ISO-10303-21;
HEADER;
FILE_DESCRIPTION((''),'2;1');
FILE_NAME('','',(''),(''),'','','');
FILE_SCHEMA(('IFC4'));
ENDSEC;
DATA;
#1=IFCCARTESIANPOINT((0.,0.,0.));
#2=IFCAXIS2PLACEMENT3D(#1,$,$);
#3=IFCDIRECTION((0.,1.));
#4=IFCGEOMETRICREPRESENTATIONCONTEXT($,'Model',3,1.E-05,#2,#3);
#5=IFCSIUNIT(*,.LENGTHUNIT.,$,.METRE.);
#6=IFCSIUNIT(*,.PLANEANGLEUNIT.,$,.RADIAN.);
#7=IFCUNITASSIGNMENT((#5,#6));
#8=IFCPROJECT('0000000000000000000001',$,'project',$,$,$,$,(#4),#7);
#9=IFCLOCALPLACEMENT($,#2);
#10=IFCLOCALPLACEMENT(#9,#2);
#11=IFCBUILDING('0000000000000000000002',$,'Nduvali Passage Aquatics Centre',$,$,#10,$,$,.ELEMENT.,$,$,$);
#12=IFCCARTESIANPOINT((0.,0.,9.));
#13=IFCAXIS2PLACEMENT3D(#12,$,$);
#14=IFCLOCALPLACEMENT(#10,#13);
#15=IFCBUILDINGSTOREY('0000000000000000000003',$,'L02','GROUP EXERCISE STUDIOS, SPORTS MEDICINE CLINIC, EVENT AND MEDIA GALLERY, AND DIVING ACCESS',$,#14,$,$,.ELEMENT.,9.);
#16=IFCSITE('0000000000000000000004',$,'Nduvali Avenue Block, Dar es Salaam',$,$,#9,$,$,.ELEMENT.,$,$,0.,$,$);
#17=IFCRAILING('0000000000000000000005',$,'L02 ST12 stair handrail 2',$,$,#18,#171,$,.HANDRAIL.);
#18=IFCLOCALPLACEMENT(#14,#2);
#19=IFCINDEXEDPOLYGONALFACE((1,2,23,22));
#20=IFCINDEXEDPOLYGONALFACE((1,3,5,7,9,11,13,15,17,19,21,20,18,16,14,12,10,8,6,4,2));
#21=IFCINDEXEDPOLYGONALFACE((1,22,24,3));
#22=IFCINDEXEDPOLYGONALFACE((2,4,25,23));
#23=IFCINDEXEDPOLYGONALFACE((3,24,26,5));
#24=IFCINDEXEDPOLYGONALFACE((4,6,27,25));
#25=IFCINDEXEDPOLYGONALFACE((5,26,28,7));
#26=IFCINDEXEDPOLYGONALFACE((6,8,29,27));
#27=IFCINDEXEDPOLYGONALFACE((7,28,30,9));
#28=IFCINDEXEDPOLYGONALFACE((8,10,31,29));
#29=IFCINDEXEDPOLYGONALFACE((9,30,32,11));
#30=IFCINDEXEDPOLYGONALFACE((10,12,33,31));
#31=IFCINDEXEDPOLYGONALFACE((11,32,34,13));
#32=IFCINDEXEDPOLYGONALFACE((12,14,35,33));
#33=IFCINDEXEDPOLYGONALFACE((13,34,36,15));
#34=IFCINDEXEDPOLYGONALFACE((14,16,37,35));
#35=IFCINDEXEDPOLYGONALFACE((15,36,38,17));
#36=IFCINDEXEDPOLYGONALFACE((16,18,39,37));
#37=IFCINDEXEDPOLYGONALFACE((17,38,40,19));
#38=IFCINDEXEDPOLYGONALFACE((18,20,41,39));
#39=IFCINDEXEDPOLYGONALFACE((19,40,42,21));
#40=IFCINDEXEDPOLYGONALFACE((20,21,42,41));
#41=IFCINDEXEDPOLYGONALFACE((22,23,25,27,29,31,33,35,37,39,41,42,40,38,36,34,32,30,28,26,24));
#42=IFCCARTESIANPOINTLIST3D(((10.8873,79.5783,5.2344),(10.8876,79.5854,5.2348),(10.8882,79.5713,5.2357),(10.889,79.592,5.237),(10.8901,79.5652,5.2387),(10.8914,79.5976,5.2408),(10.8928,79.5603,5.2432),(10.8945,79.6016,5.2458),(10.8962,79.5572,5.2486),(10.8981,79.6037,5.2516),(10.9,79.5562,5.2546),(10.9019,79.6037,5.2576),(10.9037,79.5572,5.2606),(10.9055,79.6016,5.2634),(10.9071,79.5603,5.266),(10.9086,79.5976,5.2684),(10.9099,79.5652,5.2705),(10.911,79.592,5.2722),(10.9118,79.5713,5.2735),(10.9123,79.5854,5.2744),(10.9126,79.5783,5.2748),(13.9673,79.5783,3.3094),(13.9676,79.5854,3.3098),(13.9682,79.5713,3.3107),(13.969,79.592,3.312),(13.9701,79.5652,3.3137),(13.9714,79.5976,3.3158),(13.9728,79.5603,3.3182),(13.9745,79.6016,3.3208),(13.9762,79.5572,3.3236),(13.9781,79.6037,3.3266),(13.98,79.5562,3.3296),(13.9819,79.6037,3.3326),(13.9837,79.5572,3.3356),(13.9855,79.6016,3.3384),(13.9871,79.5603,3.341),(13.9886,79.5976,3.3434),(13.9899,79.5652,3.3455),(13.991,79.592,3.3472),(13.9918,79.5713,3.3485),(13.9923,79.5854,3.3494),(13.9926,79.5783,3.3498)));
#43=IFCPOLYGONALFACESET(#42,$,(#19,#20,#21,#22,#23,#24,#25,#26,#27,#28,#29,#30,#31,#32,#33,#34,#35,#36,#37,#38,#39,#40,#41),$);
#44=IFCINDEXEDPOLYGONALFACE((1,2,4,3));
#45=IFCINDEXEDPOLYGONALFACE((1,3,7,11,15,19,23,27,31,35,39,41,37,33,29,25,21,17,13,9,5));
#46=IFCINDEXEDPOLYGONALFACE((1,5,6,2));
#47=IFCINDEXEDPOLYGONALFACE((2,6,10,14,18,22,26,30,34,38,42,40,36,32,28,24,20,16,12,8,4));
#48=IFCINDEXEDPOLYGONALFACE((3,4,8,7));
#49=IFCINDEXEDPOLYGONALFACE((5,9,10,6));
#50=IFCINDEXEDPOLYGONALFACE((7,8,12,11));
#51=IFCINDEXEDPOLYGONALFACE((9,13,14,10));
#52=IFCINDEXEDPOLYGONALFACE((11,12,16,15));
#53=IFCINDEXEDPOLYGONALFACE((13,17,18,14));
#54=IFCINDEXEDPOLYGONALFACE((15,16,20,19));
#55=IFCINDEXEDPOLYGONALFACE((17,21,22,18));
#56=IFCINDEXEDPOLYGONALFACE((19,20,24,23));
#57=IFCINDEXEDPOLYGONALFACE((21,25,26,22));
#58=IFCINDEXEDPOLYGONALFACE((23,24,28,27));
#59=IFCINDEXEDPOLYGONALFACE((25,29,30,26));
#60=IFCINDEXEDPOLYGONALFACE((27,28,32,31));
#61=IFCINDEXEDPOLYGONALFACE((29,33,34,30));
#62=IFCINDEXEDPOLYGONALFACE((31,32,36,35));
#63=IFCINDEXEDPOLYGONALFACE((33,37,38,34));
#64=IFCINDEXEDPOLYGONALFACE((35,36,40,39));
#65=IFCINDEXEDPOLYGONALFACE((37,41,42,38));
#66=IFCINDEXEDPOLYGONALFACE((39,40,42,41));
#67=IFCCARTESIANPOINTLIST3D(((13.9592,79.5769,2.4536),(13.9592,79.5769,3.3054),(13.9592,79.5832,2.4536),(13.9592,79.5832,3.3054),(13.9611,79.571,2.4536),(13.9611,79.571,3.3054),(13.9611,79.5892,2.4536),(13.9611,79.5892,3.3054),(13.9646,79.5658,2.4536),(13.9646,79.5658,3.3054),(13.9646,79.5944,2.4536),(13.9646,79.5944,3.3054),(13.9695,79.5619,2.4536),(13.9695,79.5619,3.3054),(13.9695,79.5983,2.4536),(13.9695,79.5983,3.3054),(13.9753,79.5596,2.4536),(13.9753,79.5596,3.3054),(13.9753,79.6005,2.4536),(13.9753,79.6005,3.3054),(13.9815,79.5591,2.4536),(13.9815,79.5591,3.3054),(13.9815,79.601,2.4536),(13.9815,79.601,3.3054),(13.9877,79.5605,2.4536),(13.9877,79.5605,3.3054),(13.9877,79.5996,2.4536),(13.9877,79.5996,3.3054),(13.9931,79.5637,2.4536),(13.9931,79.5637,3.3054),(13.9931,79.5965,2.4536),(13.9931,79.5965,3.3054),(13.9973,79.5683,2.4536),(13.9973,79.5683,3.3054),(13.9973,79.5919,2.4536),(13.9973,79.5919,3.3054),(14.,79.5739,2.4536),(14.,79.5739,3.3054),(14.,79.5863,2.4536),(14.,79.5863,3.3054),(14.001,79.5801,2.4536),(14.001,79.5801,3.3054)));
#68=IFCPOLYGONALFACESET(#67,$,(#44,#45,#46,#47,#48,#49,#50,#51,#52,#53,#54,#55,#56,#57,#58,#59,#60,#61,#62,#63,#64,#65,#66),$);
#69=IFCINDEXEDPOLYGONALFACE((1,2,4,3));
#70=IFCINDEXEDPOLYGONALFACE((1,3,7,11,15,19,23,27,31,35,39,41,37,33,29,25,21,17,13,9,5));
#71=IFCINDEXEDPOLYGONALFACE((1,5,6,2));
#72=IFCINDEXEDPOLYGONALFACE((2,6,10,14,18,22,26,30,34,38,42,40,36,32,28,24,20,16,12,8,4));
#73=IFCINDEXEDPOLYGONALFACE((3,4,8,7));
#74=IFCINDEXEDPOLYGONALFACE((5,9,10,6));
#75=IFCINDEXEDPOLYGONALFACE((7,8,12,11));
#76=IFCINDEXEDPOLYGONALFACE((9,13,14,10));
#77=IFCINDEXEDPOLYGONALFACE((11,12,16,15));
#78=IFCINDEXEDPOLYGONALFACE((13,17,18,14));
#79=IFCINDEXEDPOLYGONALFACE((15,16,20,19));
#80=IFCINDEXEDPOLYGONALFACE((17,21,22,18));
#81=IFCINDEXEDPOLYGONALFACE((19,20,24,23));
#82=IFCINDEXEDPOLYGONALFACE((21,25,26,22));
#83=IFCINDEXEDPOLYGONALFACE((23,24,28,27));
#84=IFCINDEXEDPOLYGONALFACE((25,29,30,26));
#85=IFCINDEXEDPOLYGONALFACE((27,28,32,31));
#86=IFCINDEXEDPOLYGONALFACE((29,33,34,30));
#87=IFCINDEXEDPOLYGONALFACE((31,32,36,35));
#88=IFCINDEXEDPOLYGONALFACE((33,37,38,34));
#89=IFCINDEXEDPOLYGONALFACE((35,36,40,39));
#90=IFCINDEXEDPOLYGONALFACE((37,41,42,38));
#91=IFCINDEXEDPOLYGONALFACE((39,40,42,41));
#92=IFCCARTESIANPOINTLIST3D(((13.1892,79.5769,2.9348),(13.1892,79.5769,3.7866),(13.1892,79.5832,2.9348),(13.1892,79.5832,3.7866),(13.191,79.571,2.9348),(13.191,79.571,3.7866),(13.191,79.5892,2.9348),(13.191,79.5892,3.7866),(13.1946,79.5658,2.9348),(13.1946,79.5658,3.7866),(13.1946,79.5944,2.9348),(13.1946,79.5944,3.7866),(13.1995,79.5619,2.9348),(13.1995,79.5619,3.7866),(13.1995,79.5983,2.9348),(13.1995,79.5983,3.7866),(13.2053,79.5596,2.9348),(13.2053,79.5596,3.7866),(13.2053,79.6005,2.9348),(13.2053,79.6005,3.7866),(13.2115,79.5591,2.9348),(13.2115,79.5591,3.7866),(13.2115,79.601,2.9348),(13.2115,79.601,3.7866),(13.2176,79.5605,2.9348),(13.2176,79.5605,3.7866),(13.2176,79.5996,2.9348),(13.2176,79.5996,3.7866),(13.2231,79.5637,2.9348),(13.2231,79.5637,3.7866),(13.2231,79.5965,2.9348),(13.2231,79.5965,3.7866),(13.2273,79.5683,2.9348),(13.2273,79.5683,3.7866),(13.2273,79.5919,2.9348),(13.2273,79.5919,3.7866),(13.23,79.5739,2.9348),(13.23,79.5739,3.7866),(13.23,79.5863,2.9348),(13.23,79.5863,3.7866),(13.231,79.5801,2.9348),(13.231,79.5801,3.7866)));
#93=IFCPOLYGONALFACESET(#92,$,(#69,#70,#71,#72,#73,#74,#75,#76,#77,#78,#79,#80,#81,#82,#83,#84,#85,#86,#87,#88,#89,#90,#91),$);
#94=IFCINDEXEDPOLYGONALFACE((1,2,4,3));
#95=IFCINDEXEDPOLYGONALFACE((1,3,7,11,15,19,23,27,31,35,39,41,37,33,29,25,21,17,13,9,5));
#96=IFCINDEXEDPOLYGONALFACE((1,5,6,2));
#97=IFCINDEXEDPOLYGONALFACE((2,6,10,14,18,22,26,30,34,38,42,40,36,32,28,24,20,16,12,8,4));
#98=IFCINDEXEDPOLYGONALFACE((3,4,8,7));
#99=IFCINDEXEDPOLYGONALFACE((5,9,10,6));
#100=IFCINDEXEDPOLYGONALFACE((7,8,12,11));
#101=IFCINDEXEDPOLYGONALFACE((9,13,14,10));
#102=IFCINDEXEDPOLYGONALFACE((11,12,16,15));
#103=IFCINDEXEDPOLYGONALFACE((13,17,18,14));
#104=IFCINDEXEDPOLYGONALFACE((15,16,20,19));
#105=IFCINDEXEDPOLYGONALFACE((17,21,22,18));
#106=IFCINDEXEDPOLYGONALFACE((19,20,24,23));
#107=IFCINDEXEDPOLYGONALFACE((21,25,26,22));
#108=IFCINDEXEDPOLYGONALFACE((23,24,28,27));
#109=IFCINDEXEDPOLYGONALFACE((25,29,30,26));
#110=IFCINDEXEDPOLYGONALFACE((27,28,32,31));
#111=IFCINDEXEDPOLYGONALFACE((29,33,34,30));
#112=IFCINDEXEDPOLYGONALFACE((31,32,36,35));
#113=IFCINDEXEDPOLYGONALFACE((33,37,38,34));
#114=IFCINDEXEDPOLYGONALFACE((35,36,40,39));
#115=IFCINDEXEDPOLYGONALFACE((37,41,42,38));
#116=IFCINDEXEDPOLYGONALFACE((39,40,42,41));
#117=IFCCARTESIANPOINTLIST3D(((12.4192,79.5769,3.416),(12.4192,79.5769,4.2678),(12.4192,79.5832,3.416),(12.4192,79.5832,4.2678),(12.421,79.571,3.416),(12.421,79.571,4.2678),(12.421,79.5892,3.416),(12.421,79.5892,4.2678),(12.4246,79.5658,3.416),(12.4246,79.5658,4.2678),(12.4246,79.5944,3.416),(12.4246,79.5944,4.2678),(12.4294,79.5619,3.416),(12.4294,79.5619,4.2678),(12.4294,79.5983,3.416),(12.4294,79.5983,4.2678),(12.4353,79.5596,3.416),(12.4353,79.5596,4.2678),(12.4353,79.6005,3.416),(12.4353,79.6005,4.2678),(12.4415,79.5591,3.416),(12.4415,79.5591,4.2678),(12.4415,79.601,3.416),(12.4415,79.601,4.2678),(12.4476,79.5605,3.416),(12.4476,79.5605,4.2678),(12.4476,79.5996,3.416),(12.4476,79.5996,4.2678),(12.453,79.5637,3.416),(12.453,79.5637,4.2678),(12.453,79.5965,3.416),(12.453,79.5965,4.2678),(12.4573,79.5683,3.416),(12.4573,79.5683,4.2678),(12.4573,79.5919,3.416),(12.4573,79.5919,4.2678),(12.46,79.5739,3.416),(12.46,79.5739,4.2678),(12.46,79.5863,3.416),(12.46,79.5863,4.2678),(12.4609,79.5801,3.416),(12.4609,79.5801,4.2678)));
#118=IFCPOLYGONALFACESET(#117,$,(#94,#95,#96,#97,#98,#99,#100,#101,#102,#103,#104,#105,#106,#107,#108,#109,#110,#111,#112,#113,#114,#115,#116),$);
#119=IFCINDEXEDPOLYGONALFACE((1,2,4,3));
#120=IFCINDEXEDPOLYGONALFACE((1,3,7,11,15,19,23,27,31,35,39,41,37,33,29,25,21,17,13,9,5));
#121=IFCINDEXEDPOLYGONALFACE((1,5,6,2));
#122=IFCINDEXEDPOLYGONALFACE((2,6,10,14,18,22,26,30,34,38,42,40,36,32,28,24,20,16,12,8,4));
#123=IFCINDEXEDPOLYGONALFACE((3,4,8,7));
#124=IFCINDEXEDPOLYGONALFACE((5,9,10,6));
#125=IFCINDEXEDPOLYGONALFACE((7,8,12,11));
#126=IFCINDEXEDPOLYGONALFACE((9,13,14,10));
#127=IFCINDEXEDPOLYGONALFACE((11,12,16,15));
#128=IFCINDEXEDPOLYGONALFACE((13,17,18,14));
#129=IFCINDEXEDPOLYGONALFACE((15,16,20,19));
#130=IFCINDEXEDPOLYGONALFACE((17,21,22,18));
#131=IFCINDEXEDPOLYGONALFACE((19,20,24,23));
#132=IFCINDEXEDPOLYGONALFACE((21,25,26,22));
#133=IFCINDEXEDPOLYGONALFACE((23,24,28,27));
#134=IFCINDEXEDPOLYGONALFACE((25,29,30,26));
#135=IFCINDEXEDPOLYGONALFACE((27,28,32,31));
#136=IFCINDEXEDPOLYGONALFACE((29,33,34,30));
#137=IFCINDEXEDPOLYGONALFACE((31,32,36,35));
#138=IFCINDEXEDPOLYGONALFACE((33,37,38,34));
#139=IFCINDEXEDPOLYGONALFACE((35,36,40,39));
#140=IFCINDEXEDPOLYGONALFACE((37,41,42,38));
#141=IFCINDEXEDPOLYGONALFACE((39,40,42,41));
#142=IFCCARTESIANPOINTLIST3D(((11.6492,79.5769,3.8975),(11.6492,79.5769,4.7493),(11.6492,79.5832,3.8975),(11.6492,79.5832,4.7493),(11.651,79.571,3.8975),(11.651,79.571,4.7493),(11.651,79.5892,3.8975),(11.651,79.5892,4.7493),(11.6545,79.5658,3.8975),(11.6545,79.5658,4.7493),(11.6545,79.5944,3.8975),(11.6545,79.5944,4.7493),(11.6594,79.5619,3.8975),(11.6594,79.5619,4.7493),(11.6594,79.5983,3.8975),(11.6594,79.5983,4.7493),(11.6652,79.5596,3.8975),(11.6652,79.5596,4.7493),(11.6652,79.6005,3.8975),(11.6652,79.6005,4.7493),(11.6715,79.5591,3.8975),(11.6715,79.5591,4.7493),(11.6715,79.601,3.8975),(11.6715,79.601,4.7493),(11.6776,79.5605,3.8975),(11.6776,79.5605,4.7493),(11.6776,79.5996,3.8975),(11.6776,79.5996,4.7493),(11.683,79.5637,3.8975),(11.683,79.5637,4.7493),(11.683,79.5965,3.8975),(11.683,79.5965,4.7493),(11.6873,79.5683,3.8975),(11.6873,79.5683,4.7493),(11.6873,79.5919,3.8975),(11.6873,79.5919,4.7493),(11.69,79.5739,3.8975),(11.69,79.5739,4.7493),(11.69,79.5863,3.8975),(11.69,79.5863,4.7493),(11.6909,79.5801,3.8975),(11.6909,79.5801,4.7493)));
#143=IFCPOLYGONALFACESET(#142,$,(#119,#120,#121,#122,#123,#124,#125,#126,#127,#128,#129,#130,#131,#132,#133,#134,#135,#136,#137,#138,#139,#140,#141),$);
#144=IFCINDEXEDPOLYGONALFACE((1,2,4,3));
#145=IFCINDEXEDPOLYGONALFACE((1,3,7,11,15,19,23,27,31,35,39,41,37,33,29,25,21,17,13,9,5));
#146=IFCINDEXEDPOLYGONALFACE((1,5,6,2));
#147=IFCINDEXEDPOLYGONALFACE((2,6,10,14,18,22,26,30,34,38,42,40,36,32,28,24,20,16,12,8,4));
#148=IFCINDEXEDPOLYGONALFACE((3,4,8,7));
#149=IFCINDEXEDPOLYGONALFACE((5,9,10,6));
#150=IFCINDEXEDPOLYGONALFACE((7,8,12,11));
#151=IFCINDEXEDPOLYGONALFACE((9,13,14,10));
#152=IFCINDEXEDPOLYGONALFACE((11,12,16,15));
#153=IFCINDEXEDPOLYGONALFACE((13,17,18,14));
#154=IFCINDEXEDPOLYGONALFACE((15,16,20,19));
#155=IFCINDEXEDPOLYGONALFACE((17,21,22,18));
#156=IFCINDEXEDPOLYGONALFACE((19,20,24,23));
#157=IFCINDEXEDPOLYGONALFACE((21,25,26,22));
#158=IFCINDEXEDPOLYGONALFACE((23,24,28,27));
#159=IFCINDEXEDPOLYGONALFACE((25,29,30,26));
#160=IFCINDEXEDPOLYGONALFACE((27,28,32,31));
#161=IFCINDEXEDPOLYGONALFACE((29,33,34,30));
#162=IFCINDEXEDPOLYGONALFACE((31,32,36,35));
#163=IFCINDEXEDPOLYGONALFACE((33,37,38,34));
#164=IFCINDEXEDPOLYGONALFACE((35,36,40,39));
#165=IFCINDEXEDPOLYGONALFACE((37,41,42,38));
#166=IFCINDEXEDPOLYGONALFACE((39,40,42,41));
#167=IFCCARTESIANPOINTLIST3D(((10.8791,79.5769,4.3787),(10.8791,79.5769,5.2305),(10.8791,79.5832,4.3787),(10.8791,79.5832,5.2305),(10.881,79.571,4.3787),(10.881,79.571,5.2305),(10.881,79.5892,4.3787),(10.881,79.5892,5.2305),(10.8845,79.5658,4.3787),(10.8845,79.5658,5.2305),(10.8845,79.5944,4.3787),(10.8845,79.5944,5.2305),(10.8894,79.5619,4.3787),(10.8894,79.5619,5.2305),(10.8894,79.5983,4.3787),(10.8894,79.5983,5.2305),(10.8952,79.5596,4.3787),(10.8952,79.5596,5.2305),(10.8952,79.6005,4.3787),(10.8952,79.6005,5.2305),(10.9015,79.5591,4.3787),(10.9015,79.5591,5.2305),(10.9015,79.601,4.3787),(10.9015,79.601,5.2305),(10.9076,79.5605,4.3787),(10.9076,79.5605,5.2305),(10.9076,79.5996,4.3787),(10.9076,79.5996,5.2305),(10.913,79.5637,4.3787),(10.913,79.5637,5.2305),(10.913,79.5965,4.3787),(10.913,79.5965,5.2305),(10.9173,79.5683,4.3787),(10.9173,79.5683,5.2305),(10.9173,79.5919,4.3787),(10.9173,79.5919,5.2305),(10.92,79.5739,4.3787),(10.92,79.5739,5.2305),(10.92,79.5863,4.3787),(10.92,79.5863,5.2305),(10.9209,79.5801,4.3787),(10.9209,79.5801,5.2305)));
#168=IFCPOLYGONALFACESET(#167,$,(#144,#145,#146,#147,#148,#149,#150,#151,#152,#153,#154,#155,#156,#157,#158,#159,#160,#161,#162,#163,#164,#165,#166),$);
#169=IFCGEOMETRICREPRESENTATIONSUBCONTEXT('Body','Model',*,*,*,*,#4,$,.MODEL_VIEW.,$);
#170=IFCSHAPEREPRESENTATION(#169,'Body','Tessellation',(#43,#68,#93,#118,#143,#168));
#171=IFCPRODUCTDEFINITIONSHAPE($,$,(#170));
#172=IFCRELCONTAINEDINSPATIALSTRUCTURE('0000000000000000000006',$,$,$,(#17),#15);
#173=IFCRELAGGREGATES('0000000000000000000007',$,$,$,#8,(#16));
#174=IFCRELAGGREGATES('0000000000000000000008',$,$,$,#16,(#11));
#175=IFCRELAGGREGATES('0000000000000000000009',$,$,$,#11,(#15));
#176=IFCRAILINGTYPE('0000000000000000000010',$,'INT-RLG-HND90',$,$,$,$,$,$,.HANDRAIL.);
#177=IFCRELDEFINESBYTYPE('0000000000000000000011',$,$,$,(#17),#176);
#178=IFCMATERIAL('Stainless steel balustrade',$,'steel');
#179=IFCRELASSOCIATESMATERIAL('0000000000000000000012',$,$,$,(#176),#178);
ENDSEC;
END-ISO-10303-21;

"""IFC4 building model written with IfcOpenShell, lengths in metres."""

from ifc_helpers import new_model, si_unit, direction, frame, origin, origin_2d, place, context, subcontext, project, spatial, circle, extrude, material, type_object, element, save


model = new_model("IFC4")

# Units and contexts
model_context = context("Model", 3, precision=1e-05, world=origin(), true_north=direction((0.0, 1.0)))
body_context = subcontext(model_context, "Body", "Model", "MODEL_VIEW")
ifc_project = project(units=[si_unit("LENGTHUNIT", "METRE"), si_unit("PLANEANGLEUNIT", "RADIAN")], contexts=[model_context])

# Site, building, storey
site_placement = place(None, origin())
site = spatial("IfcSite", under=ifc_project, at=site_placement, Name="Nduvali Avenue Block, Dar es Salaam", CompositionType="ELEMENT", RefElevation=0.0)
building_placement = place(site_placement, origin())
building = spatial("IfcBuilding", under=site, at=building_placement, Name="Nduvali Passage Aquatics Centre", CompositionType="ELEMENT")
storey_placement = place(building_placement, frame((0.0, 0.0, 9.0)))
storey = spatial("IfcBuildingStorey", under=building, at=storey_placement, Name="L02", Description="GROUP EXERCISE STUDIOS, SPORTS MEDICINE CLINIC, EVENT AND MEDIA GALLERY, AND DIVING ACCESS", CompositionType="ELEMENT", Elevation=9.0)

# Railing
ifc_material_1 = material(Name="Stainless steel balustrade", Category="steel")
railing_type_1 = type_object("IfcRailingType", Name="INT-RLG-HND90", PredefinedType="HANDRAIL", material=ifc_material_1)
railing_1_placement = place(storey_placement, frame((13.98, 79.5801, 2.4536)))
element("IfcRailing", 1, at=railing_1_placement, inside=storey, type_object=railing_type_1, Name="L02 ST12 stair handrail 2", PredefinedType="HANDRAIL", context=body_context, shape_type="SweptSolid", body=[
    extrude(circle(Radius=0.0239, at=origin_2d()), frame((0.0, 0.0, 0.876), z_axis=(-0.847998, 0.0, 0.529999), x_axis=(0.0, -1.0, 0.0)), (0.0, 0.0, 1.0), 3.6321),
    extrude(circle(Radius=0.021, at=origin_2d()), origin(), (0.0, 0.0, 1.0), 0.8518),
    extrude(circle(Radius=0.021, at=origin_2d()), frame((-0.77, 0.0, 0.4812)), (0.0, 0.0, 1.0), 0.8518),
    extrude(circle(Radius=0.021, at=origin_2d()), frame((-1.54, 0.0, 0.9624)), (0.0, 0.0, 1.0), 0.8518),
    extrude(circle(Radius=0.021, at=origin_2d()), frame((-2.3101, 0.0, 1.4438)), (0.0, 0.0, 1.0), 0.8518),
    extrude(circle(Radius=0.021, at=origin_2d()), frame((-3.0801, 0.0, 1.925)), (0.0, 0.0, 1.0), 0.8518),
])

save(model, "model.ifc")
